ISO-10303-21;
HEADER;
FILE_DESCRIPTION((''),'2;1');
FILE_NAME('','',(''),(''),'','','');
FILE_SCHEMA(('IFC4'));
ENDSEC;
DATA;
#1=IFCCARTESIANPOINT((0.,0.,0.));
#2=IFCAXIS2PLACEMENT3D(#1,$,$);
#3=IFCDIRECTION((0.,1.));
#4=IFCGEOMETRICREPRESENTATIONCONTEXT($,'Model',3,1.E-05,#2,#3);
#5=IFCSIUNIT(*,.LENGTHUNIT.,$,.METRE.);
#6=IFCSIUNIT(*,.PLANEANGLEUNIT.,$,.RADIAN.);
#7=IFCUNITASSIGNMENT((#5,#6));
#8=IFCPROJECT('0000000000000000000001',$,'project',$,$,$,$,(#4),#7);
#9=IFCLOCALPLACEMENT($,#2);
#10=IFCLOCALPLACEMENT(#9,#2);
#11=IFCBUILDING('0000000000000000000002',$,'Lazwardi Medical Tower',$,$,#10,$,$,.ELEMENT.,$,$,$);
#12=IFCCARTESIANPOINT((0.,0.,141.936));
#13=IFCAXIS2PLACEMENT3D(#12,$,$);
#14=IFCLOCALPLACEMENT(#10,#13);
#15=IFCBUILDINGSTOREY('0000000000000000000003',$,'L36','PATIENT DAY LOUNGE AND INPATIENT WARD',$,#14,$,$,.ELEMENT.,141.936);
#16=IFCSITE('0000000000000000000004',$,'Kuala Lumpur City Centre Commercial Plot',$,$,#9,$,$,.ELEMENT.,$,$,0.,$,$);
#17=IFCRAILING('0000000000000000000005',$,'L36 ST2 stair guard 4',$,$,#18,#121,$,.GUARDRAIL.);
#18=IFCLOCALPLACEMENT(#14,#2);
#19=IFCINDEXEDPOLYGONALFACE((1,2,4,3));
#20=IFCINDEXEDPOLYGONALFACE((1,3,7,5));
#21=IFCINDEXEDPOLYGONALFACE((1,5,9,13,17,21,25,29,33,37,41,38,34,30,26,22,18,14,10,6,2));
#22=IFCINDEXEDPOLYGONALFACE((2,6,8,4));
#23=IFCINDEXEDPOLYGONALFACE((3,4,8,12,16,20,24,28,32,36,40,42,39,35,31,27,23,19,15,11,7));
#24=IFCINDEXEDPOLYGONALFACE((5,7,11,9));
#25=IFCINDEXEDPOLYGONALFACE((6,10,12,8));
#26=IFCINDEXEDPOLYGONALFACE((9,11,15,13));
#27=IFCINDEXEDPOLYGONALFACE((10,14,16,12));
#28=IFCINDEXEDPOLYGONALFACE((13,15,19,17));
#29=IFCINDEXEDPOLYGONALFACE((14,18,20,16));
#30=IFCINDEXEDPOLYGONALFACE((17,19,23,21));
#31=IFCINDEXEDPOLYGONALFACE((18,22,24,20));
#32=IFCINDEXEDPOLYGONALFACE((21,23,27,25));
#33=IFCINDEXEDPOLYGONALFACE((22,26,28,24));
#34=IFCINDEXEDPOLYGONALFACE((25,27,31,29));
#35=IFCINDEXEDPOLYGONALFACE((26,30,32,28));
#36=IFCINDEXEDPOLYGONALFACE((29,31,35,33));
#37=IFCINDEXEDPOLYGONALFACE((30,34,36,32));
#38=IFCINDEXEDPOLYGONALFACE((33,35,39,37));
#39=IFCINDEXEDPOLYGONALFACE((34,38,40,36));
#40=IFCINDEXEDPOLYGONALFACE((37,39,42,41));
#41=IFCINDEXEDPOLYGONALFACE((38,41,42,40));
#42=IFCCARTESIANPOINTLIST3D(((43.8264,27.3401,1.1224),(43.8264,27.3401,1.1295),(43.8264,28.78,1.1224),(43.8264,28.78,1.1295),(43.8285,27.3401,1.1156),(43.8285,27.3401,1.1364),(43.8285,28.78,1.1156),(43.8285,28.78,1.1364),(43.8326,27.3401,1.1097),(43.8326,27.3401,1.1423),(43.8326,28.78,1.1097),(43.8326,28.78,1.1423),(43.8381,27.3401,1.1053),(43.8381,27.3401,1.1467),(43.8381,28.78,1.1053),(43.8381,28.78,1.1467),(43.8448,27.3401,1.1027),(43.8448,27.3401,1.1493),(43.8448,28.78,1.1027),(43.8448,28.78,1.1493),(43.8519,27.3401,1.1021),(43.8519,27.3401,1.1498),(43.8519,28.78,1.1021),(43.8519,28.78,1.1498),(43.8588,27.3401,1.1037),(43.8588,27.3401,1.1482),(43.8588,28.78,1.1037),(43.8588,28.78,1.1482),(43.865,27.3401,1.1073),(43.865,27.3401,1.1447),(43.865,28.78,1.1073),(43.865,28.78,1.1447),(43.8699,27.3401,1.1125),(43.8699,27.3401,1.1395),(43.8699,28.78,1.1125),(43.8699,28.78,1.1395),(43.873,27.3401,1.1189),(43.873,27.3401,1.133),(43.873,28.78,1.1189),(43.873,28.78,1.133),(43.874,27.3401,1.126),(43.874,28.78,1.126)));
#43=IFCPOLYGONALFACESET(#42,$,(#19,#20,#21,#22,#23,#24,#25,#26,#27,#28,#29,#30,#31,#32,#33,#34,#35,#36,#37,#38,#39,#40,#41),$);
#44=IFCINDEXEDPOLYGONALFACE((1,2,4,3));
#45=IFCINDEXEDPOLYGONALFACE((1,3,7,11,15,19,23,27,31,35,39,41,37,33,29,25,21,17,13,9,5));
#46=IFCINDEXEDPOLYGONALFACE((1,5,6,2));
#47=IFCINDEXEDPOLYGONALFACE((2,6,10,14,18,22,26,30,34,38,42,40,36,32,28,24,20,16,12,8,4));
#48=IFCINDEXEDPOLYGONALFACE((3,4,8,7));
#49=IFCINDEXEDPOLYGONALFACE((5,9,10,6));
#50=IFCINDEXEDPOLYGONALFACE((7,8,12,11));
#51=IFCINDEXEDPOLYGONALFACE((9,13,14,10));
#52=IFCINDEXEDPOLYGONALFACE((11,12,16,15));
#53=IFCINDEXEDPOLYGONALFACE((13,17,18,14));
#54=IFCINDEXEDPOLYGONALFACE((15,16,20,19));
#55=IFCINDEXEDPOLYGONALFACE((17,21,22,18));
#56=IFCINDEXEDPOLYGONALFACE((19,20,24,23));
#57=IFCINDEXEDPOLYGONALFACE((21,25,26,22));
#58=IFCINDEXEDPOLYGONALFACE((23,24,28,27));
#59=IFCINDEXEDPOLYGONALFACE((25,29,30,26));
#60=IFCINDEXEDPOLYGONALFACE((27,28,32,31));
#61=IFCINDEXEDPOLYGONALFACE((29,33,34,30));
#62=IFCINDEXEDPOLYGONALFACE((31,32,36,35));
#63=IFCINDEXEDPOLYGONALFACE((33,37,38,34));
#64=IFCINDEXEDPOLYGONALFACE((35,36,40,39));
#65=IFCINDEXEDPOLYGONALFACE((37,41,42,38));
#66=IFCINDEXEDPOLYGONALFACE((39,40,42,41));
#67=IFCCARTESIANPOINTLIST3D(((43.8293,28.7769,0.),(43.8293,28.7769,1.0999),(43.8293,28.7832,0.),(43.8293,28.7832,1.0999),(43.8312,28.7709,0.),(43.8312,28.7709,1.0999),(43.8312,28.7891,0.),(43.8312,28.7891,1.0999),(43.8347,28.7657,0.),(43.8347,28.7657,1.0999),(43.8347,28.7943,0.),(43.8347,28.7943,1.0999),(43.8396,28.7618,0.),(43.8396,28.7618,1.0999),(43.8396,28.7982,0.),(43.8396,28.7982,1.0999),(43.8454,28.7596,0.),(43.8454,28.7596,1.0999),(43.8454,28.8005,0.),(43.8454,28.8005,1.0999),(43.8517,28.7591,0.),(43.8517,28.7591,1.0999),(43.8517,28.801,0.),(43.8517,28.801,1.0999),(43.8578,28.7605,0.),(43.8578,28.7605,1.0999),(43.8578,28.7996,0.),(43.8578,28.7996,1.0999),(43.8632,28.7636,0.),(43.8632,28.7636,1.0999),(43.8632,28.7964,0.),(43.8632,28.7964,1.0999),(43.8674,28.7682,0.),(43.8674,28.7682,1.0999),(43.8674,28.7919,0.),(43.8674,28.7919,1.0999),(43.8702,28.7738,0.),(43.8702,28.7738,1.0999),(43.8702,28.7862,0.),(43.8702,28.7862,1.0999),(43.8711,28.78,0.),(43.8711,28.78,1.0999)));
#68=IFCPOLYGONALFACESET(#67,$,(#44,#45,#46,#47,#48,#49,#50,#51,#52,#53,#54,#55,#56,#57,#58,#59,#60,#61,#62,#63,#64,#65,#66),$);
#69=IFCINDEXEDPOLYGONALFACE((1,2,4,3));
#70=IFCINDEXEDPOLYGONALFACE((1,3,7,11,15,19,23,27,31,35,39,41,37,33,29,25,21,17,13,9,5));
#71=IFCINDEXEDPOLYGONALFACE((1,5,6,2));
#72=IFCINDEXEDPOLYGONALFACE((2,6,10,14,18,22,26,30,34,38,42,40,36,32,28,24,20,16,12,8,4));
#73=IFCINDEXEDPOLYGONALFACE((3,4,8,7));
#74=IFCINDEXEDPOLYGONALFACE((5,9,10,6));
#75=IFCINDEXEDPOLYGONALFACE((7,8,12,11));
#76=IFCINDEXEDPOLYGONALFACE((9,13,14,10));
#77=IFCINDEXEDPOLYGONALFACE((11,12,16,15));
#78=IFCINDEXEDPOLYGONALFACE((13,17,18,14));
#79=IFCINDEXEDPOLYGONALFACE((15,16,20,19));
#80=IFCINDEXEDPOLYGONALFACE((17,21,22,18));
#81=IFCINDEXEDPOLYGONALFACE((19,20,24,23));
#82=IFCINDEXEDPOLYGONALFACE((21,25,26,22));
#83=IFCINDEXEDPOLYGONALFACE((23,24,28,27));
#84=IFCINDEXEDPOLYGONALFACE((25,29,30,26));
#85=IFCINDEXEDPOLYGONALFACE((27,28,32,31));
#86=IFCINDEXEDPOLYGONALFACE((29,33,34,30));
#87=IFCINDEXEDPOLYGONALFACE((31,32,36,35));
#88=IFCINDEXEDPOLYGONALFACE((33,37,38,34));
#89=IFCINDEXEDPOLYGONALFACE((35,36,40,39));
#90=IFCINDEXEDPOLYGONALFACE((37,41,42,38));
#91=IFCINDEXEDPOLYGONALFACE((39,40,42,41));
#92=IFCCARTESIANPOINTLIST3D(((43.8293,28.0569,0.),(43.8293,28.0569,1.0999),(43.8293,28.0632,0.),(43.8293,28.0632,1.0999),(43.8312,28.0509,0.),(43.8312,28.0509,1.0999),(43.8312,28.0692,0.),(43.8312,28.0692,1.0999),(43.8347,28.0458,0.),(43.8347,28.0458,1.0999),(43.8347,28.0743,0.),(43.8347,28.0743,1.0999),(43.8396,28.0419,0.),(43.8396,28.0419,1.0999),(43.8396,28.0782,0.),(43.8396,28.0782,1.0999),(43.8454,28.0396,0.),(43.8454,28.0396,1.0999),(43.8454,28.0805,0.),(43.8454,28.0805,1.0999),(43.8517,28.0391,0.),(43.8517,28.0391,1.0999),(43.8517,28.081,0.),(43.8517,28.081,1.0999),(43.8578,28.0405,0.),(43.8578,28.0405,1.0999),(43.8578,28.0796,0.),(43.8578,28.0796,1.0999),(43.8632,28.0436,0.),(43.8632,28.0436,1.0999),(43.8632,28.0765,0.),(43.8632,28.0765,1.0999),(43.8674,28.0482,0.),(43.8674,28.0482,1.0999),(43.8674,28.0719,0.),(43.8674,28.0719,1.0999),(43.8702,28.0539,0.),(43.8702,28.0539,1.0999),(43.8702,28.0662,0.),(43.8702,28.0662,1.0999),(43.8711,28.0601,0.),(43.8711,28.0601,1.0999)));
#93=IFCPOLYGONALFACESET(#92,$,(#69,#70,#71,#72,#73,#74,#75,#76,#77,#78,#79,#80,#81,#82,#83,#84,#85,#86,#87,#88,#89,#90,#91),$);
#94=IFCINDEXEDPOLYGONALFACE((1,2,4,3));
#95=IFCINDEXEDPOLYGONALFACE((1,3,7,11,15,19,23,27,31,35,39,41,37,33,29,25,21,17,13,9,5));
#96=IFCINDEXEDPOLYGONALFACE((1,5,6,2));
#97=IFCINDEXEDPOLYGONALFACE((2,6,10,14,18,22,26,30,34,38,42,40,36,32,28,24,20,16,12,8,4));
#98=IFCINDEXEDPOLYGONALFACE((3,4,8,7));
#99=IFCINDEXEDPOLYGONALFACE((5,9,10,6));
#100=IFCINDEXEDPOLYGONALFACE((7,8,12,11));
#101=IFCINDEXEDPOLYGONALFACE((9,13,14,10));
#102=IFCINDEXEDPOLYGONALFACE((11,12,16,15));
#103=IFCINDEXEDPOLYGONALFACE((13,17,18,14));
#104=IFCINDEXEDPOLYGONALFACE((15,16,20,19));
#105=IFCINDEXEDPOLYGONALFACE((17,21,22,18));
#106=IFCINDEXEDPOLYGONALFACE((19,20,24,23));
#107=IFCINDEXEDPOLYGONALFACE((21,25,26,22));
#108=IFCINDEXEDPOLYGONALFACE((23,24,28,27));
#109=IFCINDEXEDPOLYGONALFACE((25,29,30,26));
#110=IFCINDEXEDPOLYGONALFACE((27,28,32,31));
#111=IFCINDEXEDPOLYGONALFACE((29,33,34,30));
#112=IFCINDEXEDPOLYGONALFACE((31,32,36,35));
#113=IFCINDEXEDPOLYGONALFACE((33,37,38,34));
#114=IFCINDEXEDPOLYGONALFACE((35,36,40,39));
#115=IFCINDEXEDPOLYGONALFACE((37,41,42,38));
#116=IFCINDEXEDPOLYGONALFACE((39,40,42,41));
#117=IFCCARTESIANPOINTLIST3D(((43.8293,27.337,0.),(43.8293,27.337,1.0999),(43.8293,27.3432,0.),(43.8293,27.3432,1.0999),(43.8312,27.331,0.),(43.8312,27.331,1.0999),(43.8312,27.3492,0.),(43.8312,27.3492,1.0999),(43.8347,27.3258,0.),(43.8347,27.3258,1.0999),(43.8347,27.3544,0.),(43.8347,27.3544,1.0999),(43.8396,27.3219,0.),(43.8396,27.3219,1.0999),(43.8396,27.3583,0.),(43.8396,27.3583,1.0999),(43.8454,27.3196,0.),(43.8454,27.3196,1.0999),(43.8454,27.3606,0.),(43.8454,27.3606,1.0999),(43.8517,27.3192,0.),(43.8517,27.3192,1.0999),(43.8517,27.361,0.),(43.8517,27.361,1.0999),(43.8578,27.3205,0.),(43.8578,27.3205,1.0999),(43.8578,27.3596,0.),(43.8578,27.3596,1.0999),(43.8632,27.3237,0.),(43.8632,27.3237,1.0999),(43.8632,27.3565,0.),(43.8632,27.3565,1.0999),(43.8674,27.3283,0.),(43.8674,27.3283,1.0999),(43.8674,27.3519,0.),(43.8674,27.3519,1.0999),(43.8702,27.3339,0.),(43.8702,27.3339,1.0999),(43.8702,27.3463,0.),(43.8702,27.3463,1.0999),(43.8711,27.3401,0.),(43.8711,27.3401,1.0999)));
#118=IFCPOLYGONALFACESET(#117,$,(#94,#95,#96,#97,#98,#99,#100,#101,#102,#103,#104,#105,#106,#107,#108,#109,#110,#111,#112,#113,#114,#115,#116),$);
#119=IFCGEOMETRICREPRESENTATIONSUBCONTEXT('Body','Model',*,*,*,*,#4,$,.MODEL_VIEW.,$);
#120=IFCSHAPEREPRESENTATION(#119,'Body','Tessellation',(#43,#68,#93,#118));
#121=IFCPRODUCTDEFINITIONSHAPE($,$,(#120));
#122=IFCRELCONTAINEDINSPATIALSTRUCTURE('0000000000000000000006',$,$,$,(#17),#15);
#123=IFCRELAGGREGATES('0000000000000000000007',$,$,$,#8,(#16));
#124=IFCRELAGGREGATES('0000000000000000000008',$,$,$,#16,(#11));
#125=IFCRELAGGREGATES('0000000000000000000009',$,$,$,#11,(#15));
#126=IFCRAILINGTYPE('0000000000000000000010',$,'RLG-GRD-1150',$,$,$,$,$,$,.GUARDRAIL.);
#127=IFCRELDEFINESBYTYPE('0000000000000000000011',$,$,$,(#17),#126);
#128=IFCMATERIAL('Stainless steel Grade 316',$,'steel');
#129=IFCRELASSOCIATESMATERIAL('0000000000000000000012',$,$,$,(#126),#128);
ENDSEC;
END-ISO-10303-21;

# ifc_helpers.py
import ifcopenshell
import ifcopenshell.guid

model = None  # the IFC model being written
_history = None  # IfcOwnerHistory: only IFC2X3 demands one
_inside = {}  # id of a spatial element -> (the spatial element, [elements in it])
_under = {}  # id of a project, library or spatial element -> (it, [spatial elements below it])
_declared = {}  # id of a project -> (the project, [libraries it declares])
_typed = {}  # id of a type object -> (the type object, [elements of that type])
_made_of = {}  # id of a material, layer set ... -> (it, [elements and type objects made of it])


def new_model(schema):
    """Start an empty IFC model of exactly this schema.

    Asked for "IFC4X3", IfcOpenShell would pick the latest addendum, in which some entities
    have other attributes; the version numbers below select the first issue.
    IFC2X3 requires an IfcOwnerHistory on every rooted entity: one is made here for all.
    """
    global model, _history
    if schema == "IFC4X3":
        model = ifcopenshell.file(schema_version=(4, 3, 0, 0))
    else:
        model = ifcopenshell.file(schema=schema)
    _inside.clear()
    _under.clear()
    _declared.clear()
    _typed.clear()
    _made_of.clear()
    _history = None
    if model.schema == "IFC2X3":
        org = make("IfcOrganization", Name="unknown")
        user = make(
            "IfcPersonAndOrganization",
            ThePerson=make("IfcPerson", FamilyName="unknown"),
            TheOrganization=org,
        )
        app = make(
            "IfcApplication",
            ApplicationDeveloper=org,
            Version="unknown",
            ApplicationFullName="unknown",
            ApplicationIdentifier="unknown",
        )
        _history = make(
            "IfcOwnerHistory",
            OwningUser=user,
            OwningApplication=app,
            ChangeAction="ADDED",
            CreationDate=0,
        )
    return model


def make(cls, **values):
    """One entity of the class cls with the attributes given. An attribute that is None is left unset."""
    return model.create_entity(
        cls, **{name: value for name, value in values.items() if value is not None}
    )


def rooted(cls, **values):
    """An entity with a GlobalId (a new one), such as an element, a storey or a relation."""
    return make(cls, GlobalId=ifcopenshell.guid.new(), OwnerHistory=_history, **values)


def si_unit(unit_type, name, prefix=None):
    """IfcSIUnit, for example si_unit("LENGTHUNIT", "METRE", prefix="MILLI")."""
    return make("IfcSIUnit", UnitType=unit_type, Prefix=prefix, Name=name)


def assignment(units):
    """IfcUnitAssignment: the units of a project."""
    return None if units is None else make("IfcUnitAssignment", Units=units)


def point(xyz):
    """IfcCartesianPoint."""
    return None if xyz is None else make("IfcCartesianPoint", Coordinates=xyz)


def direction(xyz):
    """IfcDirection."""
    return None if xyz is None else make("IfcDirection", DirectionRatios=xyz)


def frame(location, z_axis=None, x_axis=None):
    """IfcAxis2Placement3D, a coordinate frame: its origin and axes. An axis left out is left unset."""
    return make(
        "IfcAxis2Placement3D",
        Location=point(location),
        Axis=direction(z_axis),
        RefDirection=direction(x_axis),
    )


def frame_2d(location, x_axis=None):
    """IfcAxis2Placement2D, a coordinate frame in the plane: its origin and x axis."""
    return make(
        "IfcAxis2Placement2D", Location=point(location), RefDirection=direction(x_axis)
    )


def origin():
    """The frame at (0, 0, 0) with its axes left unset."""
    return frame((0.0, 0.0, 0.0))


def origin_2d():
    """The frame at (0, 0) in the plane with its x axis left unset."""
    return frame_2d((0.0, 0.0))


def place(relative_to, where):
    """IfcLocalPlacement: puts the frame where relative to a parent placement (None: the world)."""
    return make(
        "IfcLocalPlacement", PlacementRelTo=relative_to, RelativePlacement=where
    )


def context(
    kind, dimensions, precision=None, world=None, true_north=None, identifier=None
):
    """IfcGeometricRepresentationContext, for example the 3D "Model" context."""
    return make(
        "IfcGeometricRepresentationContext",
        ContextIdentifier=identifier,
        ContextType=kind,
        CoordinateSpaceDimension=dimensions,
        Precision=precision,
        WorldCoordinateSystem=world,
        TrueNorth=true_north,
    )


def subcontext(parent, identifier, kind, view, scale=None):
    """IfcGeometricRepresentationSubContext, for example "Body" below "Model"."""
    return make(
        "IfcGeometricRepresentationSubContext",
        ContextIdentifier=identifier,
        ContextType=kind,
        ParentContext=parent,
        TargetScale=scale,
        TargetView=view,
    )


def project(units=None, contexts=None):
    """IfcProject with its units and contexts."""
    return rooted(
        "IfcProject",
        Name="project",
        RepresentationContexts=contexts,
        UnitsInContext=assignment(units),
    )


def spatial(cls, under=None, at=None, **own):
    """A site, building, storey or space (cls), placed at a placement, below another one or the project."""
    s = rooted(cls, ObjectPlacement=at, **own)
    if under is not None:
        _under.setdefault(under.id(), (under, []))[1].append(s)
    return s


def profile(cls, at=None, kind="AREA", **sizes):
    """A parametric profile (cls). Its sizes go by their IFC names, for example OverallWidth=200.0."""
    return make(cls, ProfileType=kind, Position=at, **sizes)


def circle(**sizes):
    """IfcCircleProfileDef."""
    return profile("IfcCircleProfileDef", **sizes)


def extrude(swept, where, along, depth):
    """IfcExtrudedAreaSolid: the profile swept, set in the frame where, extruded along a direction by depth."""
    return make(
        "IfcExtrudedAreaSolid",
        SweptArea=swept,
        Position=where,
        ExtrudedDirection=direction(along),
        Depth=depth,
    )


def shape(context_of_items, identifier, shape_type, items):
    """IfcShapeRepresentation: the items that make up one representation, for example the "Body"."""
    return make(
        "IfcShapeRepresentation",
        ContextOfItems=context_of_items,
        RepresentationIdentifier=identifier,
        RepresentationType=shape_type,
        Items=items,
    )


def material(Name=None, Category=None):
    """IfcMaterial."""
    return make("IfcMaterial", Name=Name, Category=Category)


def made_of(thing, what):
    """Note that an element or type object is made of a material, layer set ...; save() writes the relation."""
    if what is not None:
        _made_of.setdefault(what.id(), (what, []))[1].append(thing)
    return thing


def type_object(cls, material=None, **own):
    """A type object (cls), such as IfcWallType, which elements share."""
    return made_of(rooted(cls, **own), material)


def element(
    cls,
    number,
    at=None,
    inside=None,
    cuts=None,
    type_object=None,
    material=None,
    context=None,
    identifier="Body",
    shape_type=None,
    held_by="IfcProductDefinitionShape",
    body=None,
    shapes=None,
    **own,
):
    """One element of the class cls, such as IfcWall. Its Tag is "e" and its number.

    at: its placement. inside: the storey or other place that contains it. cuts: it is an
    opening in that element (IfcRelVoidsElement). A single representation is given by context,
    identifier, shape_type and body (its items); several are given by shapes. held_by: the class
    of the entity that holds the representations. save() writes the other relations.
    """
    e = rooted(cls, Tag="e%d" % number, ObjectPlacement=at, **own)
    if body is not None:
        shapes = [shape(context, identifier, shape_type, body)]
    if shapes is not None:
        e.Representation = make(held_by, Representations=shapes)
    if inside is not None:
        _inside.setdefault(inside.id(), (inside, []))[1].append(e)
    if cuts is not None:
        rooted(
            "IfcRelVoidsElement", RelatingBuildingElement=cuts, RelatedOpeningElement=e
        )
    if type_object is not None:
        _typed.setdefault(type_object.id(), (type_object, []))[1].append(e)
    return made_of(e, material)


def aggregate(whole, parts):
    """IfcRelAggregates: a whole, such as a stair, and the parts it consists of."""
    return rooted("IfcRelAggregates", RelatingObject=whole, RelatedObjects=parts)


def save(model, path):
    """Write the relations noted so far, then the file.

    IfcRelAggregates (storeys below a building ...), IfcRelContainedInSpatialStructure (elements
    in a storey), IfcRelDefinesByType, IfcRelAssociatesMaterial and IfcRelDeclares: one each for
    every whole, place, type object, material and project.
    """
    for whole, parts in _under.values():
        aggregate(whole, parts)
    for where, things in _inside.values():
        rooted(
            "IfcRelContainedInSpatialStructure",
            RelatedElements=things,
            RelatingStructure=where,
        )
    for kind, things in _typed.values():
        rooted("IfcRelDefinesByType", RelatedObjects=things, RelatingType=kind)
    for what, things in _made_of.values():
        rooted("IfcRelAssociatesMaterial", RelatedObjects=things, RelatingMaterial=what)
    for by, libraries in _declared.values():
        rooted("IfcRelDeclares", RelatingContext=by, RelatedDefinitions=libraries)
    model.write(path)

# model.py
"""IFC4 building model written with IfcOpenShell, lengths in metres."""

from ifc_helpers import new_model, si_unit, direction, frame, origin, origin_2d, place, context, subcontext, project, spatial, circle, extrude, material, type_object, element, save


model = new_model("IFC4")

# Units and contexts
model_context = context("Model", 3, precision=1e-05, world=origin(), true_north=direction((0.0, 1.0)))
body_context = subcontext(model_context, "Body", "Model", "MODEL_VIEW")
ifc_project = project(units=[si_unit("LENGTHUNIT", "METRE"), si_unit("PLANEANGLEUNIT", "RADIAN")], contexts=[model_context])

# Site, building, storey
site_placement = place(None, origin())
site = spatial("IfcSite", under=ifc_project, at=site_placement, Name="Kuala Lumpur City Centre Commercial Plot", CompositionType="ELEMENT", RefElevation=0.0)
building_placement = place(site_placement, origin())
building = spatial("IfcBuilding", under=site, at=building_placement, Name="Lazwardi Medical Tower", CompositionType="ELEMENT")
storey_placement = place(building_placement, frame((0.0, 0.0, 141.936)))
storey = spatial("IfcBuildingStorey", under=building, at=storey_placement, Name="L36", Description="PATIENT DAY LOUNGE AND INPATIENT WARD", CompositionType="ELEMENT", Elevation=141.936)

# Railing
ifc_material_1 = material(Name="Stainless steel Grade 316", Category="steel")
railing_type_1 = type_object("IfcRailingType", Name="RLG-GRD-1150", PredefinedType="GUARDRAIL", material=ifc_material_1)
railing_1_placement = place(storey_placement, frame((43.8501, 28.78, 0.0)))
element("IfcRailing", 1, at=railing_1_placement, inside=storey, type_object=railing_type_1, Name="L36 ST2 stair guard 4", PredefinedType="GUARDRAIL", context=body_context, shape_type="SweptSolid", body=[
    extrude(circle(Radius=0.0239, at=origin_2d()), frame((0.0, 0.0, 1.126), z_axis=(0.0, -1.0, 0.0), x_axis=(1.0, 0.0, 0.0)), (0.0, 0.0, 1.0), 1.4399),
    extrude(circle(Radius=0.021, at=origin_2d()), origin(), (0.0, 0.0, 1.0), 1.0999),
    extrude(circle(Radius=0.021, at=origin_2d()), frame((0.0, -0.72, 0.0)), (0.0, 0.0, 1.0), 1.0999),
    extrude(circle(Radius=0.021, at=origin_2d()), frame((0.0, -1.4399, 0.0)), (0.0, 0.0, 1.0), 1.0999),
])

save(model, "model.ifc")
